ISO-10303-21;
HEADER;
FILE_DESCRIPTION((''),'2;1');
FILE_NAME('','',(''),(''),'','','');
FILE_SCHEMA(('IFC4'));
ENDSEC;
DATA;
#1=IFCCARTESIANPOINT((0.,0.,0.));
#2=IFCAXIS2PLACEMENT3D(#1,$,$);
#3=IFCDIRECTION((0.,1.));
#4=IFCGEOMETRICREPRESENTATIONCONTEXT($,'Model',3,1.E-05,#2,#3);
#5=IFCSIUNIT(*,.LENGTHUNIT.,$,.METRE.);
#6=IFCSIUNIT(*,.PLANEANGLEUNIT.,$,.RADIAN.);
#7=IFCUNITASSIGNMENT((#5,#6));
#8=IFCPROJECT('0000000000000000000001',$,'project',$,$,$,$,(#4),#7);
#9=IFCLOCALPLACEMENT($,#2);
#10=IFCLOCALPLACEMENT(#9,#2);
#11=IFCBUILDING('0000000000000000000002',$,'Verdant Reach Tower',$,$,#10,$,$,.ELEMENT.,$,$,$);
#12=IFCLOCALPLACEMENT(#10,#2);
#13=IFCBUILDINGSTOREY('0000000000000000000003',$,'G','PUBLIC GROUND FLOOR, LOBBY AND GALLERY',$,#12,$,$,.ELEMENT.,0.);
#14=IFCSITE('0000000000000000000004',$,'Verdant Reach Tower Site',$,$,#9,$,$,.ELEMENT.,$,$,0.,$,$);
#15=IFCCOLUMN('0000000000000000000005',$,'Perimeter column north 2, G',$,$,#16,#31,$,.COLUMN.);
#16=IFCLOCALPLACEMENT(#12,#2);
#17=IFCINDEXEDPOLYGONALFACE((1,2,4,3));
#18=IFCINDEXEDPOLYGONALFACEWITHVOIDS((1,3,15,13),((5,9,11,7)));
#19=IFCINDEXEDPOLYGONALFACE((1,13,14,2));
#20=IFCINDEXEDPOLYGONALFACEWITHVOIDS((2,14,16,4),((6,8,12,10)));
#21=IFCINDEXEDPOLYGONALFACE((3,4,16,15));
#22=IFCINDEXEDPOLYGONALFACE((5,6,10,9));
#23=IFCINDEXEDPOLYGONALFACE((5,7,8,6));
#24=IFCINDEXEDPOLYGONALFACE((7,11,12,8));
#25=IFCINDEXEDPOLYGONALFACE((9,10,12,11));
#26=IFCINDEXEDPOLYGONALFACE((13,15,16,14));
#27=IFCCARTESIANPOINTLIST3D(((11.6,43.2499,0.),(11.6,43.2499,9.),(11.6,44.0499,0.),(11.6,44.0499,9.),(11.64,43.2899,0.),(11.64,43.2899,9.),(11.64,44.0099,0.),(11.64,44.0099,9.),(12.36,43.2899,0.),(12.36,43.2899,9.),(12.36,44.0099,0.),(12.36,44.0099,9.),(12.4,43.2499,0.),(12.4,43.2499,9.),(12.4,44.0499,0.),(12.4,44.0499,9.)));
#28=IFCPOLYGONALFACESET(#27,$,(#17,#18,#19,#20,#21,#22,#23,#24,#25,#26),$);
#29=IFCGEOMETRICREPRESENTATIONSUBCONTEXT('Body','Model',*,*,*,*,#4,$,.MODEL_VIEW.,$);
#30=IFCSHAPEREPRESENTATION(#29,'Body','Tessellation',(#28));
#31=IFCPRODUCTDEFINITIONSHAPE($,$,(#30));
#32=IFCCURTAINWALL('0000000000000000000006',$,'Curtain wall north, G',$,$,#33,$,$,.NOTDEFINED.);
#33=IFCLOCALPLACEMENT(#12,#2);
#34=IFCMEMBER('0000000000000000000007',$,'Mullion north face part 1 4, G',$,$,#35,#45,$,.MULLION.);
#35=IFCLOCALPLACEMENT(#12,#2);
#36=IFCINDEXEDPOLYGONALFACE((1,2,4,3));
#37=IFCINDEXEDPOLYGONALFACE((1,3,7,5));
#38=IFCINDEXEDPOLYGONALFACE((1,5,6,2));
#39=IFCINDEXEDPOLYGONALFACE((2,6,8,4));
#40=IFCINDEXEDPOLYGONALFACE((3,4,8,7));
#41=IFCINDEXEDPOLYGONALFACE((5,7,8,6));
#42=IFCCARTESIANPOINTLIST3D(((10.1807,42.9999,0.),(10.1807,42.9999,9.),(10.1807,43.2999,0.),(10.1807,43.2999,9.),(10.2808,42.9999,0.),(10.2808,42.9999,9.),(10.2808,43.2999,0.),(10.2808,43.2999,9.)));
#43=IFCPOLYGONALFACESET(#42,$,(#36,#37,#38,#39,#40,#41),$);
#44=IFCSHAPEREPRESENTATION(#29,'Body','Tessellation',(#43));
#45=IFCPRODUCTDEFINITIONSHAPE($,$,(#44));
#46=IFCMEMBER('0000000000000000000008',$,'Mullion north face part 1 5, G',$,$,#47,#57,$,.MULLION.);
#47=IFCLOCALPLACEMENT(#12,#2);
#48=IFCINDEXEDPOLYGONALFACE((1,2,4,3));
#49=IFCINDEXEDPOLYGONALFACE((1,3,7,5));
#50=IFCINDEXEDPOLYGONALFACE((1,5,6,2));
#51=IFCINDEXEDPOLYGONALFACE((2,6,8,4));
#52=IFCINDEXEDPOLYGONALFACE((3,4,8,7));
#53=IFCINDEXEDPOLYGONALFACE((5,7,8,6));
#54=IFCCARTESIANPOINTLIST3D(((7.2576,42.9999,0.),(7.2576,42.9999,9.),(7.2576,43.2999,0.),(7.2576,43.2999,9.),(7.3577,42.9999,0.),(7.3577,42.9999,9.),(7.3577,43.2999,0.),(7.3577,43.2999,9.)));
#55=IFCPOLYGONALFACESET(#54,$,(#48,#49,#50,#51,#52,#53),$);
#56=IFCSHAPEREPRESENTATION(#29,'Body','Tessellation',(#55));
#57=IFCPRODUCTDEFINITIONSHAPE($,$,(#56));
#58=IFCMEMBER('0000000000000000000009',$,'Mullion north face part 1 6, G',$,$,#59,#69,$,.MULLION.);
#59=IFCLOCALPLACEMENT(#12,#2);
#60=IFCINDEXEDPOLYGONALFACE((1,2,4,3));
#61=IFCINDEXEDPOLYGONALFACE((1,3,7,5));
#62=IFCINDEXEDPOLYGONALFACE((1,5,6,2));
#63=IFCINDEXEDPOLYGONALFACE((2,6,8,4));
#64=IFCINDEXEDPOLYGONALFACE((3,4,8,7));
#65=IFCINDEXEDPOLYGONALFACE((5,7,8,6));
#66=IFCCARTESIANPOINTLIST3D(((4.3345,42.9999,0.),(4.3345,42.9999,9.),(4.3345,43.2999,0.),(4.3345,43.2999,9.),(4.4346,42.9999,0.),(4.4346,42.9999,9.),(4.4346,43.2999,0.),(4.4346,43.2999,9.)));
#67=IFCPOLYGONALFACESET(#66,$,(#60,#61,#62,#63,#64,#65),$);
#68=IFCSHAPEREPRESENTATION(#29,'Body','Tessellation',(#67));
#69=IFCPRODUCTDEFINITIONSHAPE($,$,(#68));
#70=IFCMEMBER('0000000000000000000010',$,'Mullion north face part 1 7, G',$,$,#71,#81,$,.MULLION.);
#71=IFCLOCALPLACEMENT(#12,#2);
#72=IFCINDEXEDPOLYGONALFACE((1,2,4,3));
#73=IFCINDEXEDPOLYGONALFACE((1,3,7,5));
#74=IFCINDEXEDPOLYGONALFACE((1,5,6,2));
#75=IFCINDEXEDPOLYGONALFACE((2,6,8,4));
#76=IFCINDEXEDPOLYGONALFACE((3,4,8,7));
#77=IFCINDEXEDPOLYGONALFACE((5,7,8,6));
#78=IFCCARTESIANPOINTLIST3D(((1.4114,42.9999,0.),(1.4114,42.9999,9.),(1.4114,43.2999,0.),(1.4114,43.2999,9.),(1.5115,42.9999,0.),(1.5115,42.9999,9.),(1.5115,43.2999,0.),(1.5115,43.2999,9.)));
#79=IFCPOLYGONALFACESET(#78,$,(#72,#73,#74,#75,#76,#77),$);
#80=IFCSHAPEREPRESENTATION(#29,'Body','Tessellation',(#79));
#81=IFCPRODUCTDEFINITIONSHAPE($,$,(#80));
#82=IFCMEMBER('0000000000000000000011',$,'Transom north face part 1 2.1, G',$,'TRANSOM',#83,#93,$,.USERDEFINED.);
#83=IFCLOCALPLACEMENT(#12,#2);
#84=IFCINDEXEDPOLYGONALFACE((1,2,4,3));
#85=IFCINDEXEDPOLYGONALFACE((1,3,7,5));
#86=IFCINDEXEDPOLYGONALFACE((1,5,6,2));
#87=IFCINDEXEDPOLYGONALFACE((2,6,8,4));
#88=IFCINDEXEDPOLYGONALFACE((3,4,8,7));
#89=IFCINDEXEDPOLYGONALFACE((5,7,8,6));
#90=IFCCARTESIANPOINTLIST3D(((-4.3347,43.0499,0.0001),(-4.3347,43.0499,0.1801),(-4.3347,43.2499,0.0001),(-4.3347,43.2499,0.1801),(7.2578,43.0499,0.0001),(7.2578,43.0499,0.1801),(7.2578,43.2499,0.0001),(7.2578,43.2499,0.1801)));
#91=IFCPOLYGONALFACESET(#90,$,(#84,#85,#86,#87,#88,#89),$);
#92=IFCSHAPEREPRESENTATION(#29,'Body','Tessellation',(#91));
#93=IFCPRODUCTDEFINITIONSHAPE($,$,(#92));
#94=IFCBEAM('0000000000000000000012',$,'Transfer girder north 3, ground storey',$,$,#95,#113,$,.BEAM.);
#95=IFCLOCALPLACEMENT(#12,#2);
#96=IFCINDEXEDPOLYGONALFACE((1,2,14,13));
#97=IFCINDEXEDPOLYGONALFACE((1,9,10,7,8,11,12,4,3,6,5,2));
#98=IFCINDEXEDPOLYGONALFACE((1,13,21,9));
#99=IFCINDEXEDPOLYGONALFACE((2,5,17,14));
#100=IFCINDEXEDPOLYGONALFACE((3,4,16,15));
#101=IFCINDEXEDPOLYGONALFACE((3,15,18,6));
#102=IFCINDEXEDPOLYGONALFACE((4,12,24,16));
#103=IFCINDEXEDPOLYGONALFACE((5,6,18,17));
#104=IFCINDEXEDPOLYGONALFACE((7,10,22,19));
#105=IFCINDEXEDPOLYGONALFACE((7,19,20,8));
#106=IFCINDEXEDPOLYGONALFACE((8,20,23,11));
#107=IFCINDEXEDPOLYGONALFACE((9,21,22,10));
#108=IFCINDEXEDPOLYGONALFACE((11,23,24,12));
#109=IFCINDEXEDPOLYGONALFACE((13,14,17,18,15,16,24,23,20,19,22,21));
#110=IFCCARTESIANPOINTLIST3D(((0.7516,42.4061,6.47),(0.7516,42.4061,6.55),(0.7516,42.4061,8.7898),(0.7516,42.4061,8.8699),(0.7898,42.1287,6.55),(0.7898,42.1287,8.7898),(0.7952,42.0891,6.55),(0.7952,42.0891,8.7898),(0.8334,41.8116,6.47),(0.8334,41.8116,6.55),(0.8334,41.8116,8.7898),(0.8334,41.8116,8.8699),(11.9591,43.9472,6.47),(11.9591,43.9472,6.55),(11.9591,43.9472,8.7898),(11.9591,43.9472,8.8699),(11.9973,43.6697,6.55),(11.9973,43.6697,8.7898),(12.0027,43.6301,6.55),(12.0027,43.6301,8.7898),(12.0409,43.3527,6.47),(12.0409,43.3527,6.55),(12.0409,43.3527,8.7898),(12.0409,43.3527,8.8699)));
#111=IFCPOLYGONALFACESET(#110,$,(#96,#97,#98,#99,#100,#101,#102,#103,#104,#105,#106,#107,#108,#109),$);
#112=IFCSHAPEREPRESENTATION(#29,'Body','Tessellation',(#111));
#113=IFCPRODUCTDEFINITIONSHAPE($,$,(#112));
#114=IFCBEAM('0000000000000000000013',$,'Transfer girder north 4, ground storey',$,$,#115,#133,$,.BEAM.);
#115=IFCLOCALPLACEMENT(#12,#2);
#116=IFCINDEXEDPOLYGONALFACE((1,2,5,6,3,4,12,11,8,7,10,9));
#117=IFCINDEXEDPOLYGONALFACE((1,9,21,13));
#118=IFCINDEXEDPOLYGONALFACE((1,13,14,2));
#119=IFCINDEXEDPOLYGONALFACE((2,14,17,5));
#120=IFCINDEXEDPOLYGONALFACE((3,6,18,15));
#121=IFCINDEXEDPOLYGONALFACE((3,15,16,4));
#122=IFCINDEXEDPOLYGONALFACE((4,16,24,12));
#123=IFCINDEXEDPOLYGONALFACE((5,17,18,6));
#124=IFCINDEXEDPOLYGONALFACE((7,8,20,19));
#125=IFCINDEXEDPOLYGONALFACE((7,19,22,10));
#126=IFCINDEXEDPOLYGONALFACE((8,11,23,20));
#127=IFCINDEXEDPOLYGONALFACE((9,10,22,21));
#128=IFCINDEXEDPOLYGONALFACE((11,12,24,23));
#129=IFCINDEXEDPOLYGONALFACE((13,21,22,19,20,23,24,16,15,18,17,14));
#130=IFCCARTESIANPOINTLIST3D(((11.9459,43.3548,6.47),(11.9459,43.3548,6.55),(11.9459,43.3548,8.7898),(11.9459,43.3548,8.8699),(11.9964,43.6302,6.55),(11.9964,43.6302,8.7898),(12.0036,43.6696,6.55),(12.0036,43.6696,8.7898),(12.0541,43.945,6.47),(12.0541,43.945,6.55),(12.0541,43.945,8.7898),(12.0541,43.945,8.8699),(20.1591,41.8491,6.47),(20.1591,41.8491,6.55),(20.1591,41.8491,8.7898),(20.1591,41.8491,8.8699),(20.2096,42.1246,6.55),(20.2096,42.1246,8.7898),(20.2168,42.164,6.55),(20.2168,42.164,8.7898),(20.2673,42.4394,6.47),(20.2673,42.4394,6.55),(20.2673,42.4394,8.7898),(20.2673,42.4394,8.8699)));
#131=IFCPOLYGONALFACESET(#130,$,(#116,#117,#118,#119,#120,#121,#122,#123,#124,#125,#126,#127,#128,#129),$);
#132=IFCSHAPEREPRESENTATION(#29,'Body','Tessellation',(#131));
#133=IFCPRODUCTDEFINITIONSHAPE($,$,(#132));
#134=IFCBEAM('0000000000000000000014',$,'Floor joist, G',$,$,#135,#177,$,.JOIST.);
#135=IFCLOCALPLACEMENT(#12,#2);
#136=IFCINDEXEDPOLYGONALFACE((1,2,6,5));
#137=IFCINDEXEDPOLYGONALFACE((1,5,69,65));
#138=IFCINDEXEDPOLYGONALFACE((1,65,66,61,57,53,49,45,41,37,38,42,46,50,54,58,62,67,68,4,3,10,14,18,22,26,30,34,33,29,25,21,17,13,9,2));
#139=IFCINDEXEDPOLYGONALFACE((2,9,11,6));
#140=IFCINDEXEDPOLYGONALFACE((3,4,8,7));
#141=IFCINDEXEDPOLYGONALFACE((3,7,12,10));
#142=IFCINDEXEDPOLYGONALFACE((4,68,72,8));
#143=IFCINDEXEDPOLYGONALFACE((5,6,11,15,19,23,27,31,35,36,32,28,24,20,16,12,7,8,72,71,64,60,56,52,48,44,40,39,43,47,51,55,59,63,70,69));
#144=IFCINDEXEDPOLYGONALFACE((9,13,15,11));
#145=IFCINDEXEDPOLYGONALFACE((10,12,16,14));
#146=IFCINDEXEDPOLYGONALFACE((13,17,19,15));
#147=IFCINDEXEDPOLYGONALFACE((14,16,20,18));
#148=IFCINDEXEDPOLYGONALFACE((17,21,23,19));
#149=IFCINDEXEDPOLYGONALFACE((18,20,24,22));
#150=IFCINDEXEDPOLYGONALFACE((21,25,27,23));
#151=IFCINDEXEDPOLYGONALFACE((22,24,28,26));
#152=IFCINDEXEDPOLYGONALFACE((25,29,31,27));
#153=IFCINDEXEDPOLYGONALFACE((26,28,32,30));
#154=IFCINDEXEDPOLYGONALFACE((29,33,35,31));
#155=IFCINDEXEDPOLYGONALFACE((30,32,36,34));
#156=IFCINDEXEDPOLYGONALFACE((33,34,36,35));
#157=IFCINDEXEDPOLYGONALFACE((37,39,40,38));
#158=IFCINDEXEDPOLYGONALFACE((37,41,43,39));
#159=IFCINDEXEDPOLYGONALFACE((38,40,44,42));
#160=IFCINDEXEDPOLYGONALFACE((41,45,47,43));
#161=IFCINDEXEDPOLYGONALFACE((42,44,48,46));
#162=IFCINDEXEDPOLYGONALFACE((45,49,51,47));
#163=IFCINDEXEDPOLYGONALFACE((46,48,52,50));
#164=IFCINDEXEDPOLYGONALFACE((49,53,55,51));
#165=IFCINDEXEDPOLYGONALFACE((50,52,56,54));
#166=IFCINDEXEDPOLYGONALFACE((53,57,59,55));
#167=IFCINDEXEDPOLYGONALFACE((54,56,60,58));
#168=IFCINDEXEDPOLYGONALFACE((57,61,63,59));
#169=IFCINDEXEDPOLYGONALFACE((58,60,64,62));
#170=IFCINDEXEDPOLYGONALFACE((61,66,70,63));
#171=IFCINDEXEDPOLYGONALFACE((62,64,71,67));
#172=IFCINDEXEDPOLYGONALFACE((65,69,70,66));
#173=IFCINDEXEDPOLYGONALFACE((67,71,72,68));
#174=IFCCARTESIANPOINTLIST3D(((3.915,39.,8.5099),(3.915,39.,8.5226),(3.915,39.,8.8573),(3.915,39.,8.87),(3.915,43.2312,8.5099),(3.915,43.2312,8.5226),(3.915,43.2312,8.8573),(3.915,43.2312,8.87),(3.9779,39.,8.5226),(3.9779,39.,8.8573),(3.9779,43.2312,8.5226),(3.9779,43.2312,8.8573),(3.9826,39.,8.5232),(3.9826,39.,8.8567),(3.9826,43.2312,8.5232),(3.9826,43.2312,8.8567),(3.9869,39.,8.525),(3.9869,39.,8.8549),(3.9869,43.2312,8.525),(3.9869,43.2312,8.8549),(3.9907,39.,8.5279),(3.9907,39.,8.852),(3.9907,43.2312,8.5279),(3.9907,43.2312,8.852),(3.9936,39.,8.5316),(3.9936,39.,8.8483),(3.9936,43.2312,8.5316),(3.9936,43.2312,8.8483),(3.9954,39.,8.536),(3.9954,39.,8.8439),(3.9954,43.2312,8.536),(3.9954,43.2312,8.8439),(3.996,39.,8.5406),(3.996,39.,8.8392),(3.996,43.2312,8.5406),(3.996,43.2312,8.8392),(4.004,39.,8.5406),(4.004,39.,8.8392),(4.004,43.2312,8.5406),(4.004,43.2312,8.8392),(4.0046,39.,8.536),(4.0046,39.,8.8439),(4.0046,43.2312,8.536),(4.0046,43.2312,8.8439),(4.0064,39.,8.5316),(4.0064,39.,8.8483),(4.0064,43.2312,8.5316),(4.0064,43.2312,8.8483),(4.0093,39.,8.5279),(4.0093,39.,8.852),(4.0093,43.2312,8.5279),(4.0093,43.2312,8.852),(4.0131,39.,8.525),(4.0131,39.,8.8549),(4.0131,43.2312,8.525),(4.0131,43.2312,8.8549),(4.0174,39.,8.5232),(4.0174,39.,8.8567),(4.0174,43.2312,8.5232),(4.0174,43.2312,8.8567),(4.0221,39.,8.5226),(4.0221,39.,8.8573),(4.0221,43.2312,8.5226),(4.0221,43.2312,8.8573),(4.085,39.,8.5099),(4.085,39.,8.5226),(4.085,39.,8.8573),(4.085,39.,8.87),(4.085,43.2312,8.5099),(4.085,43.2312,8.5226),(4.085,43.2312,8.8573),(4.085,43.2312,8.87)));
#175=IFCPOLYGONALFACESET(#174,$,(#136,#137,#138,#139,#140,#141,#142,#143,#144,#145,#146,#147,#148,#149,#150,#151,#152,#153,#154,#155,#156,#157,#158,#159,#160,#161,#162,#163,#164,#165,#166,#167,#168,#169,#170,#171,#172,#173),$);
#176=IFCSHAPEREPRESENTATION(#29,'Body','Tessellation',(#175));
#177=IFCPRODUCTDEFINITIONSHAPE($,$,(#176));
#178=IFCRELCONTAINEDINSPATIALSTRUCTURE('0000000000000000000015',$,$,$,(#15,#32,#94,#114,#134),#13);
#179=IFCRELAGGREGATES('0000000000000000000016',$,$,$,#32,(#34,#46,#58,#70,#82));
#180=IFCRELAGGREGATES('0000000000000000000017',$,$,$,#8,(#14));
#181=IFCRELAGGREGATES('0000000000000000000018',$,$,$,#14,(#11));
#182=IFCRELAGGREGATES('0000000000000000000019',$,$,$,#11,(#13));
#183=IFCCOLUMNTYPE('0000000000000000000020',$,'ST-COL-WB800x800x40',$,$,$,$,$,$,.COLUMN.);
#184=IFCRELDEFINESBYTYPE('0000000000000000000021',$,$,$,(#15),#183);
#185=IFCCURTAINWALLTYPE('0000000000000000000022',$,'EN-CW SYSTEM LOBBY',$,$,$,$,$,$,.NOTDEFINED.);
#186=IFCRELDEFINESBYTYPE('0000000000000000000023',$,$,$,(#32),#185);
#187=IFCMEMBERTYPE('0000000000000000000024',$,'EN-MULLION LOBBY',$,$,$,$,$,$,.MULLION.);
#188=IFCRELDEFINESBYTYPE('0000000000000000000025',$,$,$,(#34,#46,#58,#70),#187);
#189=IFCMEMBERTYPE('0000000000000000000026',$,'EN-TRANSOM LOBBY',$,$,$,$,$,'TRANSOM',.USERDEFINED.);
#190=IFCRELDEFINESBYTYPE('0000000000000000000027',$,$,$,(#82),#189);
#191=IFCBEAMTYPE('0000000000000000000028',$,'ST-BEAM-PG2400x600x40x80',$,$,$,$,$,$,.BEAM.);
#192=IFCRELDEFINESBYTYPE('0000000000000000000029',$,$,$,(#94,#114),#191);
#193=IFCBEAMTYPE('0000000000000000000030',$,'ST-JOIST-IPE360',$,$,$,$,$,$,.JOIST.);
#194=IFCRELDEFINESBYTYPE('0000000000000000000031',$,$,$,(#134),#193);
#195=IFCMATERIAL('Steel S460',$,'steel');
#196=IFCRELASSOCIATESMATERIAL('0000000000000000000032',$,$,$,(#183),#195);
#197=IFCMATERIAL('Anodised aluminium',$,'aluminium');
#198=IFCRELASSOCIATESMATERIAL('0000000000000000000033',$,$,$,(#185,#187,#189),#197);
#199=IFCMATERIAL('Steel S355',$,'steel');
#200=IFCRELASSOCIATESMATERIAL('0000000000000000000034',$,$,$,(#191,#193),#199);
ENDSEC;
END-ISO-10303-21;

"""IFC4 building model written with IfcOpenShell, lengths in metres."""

from ifc_helpers import new_model, si_unit, direction, frame, origin, origin_2d, place, context, subcontext, project, spatial, rectangle, hollow_rectangle, i_section, extrude, material, material_profile, profile_set, type_object, element, aggregate, save


model = new_model("IFC4")

# Units and contexts
model_context = context("Model", 3, precision=1e-05, world=origin(), true_north=direction((0.0, 1.0)))
body_context = subcontext(model_context, "Body", "Model", "MODEL_VIEW")
ifc_project = project(units=[si_unit("LENGTHUNIT", "METRE"), si_unit("PLANEANGLEUNIT", "RADIAN")], contexts=[model_context])

# Site, building, storey
site_placement = place(None, origin())
site = spatial("IfcSite", under=ifc_project, at=site_placement, Name="Verdant Reach Tower Site", CompositionType="ELEMENT", RefElevation=0.0)
building_placement = place(site_placement, origin())
building = spatial("IfcBuilding", under=site, at=building_placement, Name="Verdant Reach Tower", CompositionType="ELEMENT")
storey_placement = place(building_placement, origin())
storey = spatial("IfcBuildingStorey", under=building, at=storey_placement, Name="G", Description="PUBLIC GROUND FLOOR, LOBBY AND GALLERY", CompositionType="ELEMENT", Elevation=0.0)

# Column
ifc_material_1 = material(Name="Steel S460", Category="steel")
ifc_material_profile_1 = material_profile(ifc_material_1, hollow_rectangle(XDim=0.8, YDim=0.8, WallThickness=0.04, at=origin_2d()), Name="WB 800x800x40")
ifc_profile_set_1 = profile_set([ifc_material_profile_1], Name="Steel S460")
column_type = type_object("IfcColumnType", Name="ST-COL-WB800x800x40", PredefinedType="COLUMN", material=ifc_profile_set_1)
column_placement = place(storey_placement, frame((12.0, 43.6499, 0.0), z_axis=(0.0, 0.0, 1.0), x_axis=(1.0, 0.0, 0.0)))
element("IfcColumn", 1, at=column_placement, inside=storey, type_object=column_type, Name="Perimeter column north 2, G", PredefinedType="COLUMN", context=body_context, shape_type="SweptSolid", body=[
    extrude(hollow_rectangle(XDim=0.8, YDim=0.8, WallThickness=0.04, at=origin_2d()), origin(), (0.0, 0.0, 1.0), 9.0),
])

# Curtain wall, members
ifc_material_2 = material(Name="Anodised aluminium", Category="aluminium")
curtain_wall_type = type_object("IfcCurtainWallType", Name="EN-CW SYSTEM LOBBY", PredefinedType="NOTDEFINED", material=ifc_material_2)
curtain_wall_placement = place(storey_placement, origin())
curtain_wall = element("IfcCurtainWall", 2, at=curtain_wall_placement, inside=storey, type_object=curtain_wall_type, Name="Curtain wall north, G", PredefinedType="NOTDEFINED")
ifc_material_profile_2 = material_profile(ifc_material_2, rectangle(XDim=0.3, YDim=0.1001, at=origin_2d()), Name="Mullion 100x300")
ifc_profile_set_2 = profile_set([ifc_material_profile_2], Name="Anodised aluminium")
member_type_1 = type_object("IfcMemberType", Name="EN-MULLION LOBBY", PredefinedType="MULLION", material=ifc_profile_set_2)
member_1_placement = place(storey_placement, frame((10.2307, 43.1499, 0.0), z_axis=(0.0, 0.0, 1.0), x_axis=(0.0, 1.0, 0.0)))
member_1 = element("IfcMember", 3, at=member_1_placement, type_object=member_type_1, Name="Mullion north face part 1 4, G", PredefinedType="MULLION", context=body_context, shape_type="SweptSolid", body=[
    extrude(rectangle(XDim=0.3, YDim=0.1001, at=origin_2d()), origin(), (0.0, 0.0, 1.0), 9.0),
])
member_2_placement = place(storey_placement, frame((7.3076, 43.1499, 0.0), z_axis=(0.0, 0.0, 1.0), x_axis=(0.0, 1.0, 0.0)))
member_2 = element("IfcMember", 4, at=member_2_placement, type_object=member_type_1, Name="Mullion north face part 1 5, G", PredefinedType="MULLION", context=body_context, shape_type="SweptSolid", body=[
    extrude(rectangle(XDim=0.3, YDim=0.1001, at=origin_2d()), origin(), (0.0, 0.0, 1.0), 9.0),
])
member_3_placement = place(storey_placement, frame((4.3845, 43.1499, 0.0), z_axis=(0.0, 0.0, 1.0), x_axis=(0.0, 1.0, 0.0)))
member_3 = element("IfcMember", 5, at=member_3_placement, type_object=member_type_1, Name="Mullion north face part 1 6, G", PredefinedType="MULLION", context=body_context, shape_type="SweptSolid", body=[
    extrude(rectangle(XDim=0.3, YDim=0.1001, at=origin_2d()), origin(), (0.0, 0.0, 1.0), 9.0),
])
member_4_placement = place(storey_placement, frame((1.4614, 43.1499, 0.0), z_axis=(0.0, 0.0, 1.0), x_axis=(0.0, 1.0, 0.0)))
member_4 = element("IfcMember", 6, at=member_4_placement, type_object=member_type_1, Name="Mullion north face part 1 7, G", PredefinedType="MULLION", context=body_context, shape_type="SweptSolid", body=[
    extrude(rectangle(XDim=0.3, YDim=0.1001, at=origin_2d()), origin(), (0.0, 0.0, 1.0), 9.0),
])
ifc_material_profile_3 = material_profile(ifc_material_2, rectangle(XDim=0.2, YDim=0.1799, at=origin_2d()), Name="Transom 180x200")
ifc_profile_set_3 = profile_set([ifc_material_profile_3], Name="Anodised aluminium")
member_type_2 = type_object("IfcMemberType", Name="EN-TRANSOM LOBBY", ElementType="TRANSOM", PredefinedType="USERDEFINED", material=ifc_profile_set_3)
member_5_placement = place(storey_placement, frame((7.2578, 43.1499, 0.0901), z_axis=(-1.0, 0.0, 0.0), x_axis=(0.0, -1.0, 0.0)))
member_5 = element("IfcMember", 7, at=member_5_placement, type_object=member_type_2, Name="Transom north face part 1 2.1, G", ObjectType="TRANSOM", PredefinedType="USERDEFINED", context=body_context, shape_type="SweptSolid", body=[
    extrude(rectangle(XDim=0.2, YDim=0.1799, at=origin_2d()), origin(), (0.0, 0.0, 1.0), 11.5925),
])

# Beams
ifc_material_3 = material(Name="Steel S355", Category="steel")
ifc_material_profile_4 = material_profile(ifc_material_3, i_section(OverallWidth=0.6001, OverallDepth=2.3999, WebThickness=0.04, FlangeThickness=0.0801, at=origin_2d()), Name="PG 2400x600x40x80")
ifc_profile_set_4 = profile_set([ifc_material_profile_4], Name="Steel S355")
beam_type_1 = type_object("IfcBeamType", Name="ST-BEAM-PG2400x600x40x80", PredefinedType="BEAM", material=ifc_profile_set_4)
beam_1_placement = place(storey_placement, frame((0.7925, 42.1089, 7.6699), z_axis=(0.990679, 0.136217, 0.0), x_axis=(-0.136217, 0.990679, 0.0)))
element("IfcBeam", 8, at=beam_1_placement, inside=storey, type_object=beam_type_1, Name="Transfer girder north 3, ground storey", PredefinedType="BEAM", context=body_context, shape_type="SweptSolid", body=[
    extrude(i_section(OverallWidth=0.6001, OverallDepth=2.3999, WebThickness=0.04, FlangeThickness=0.0801, at=origin_2d()), origin(), (0.0, 0.0, 1.0), 11.313),
])
beam_2_placement = place(storey_placement, frame((12.0, 43.6499, 7.6699), z_axis=(0.983609, -0.180313, 0.0), x_axis=(0.180313, 0.983609, 0.0)))
element("IfcBeam", 9, at=beam_2_placement, inside=storey, type_object=beam_type_1, Name="Transfer girder north 4, ground storey", PredefinedType="BEAM", context=body_context, shape_type="SweptSolid", body=[
    extrude(i_section(OverallWidth=0.6001, OverallDepth=2.3999, WebThickness=0.04, FlangeThickness=0.0801, at=origin_2d()), origin(), (0.0, 0.0, 1.0), 8.3501),
])
ifc_material_profile_5 = material_profile(ifc_material_3, i_section(OverallWidth=0.1699, OverallDepth=0.3601, WebThickness=0.0081, FlangeThickness=0.0127, FilletRadius=0.0181, at=origin_2d()), Name="IPE 360")
ifc_profile_set_5 = profile_set([ifc_material_profile_5], Name="Steel S355")
beam_type_2 = type_object("IfcBeamType", Name="ST-JOIST-IPE360", PredefinedType="JOIST", material=ifc_profile_set_5)
beam_3_placement = place(storey_placement, frame((4.0, 39.0, 8.6899), z_axis=(0.0, 1.0, 0.0), x_axis=(-1.0, 0.0, 0.0)))
element("IfcBeam", 10, at=beam_3_placement, inside=storey, type_object=beam_type_2, Name="Floor joist, G", PredefinedType="JOIST", context=body_context, shape_type="SweptSolid", body=[
    extrude(i_section(OverallWidth=0.1699, OverallDepth=0.3601, WebThickness=0.0081, FlangeThickness=0.0127, FilletRadius=0.0181, at=origin_2d()), origin(), (0.0, 0.0, 1.0), 4.2312),
])

aggregate(curtain_wall, [member_1, member_2, member_3, member_4, member_5])

save(model, "model.ifc")
